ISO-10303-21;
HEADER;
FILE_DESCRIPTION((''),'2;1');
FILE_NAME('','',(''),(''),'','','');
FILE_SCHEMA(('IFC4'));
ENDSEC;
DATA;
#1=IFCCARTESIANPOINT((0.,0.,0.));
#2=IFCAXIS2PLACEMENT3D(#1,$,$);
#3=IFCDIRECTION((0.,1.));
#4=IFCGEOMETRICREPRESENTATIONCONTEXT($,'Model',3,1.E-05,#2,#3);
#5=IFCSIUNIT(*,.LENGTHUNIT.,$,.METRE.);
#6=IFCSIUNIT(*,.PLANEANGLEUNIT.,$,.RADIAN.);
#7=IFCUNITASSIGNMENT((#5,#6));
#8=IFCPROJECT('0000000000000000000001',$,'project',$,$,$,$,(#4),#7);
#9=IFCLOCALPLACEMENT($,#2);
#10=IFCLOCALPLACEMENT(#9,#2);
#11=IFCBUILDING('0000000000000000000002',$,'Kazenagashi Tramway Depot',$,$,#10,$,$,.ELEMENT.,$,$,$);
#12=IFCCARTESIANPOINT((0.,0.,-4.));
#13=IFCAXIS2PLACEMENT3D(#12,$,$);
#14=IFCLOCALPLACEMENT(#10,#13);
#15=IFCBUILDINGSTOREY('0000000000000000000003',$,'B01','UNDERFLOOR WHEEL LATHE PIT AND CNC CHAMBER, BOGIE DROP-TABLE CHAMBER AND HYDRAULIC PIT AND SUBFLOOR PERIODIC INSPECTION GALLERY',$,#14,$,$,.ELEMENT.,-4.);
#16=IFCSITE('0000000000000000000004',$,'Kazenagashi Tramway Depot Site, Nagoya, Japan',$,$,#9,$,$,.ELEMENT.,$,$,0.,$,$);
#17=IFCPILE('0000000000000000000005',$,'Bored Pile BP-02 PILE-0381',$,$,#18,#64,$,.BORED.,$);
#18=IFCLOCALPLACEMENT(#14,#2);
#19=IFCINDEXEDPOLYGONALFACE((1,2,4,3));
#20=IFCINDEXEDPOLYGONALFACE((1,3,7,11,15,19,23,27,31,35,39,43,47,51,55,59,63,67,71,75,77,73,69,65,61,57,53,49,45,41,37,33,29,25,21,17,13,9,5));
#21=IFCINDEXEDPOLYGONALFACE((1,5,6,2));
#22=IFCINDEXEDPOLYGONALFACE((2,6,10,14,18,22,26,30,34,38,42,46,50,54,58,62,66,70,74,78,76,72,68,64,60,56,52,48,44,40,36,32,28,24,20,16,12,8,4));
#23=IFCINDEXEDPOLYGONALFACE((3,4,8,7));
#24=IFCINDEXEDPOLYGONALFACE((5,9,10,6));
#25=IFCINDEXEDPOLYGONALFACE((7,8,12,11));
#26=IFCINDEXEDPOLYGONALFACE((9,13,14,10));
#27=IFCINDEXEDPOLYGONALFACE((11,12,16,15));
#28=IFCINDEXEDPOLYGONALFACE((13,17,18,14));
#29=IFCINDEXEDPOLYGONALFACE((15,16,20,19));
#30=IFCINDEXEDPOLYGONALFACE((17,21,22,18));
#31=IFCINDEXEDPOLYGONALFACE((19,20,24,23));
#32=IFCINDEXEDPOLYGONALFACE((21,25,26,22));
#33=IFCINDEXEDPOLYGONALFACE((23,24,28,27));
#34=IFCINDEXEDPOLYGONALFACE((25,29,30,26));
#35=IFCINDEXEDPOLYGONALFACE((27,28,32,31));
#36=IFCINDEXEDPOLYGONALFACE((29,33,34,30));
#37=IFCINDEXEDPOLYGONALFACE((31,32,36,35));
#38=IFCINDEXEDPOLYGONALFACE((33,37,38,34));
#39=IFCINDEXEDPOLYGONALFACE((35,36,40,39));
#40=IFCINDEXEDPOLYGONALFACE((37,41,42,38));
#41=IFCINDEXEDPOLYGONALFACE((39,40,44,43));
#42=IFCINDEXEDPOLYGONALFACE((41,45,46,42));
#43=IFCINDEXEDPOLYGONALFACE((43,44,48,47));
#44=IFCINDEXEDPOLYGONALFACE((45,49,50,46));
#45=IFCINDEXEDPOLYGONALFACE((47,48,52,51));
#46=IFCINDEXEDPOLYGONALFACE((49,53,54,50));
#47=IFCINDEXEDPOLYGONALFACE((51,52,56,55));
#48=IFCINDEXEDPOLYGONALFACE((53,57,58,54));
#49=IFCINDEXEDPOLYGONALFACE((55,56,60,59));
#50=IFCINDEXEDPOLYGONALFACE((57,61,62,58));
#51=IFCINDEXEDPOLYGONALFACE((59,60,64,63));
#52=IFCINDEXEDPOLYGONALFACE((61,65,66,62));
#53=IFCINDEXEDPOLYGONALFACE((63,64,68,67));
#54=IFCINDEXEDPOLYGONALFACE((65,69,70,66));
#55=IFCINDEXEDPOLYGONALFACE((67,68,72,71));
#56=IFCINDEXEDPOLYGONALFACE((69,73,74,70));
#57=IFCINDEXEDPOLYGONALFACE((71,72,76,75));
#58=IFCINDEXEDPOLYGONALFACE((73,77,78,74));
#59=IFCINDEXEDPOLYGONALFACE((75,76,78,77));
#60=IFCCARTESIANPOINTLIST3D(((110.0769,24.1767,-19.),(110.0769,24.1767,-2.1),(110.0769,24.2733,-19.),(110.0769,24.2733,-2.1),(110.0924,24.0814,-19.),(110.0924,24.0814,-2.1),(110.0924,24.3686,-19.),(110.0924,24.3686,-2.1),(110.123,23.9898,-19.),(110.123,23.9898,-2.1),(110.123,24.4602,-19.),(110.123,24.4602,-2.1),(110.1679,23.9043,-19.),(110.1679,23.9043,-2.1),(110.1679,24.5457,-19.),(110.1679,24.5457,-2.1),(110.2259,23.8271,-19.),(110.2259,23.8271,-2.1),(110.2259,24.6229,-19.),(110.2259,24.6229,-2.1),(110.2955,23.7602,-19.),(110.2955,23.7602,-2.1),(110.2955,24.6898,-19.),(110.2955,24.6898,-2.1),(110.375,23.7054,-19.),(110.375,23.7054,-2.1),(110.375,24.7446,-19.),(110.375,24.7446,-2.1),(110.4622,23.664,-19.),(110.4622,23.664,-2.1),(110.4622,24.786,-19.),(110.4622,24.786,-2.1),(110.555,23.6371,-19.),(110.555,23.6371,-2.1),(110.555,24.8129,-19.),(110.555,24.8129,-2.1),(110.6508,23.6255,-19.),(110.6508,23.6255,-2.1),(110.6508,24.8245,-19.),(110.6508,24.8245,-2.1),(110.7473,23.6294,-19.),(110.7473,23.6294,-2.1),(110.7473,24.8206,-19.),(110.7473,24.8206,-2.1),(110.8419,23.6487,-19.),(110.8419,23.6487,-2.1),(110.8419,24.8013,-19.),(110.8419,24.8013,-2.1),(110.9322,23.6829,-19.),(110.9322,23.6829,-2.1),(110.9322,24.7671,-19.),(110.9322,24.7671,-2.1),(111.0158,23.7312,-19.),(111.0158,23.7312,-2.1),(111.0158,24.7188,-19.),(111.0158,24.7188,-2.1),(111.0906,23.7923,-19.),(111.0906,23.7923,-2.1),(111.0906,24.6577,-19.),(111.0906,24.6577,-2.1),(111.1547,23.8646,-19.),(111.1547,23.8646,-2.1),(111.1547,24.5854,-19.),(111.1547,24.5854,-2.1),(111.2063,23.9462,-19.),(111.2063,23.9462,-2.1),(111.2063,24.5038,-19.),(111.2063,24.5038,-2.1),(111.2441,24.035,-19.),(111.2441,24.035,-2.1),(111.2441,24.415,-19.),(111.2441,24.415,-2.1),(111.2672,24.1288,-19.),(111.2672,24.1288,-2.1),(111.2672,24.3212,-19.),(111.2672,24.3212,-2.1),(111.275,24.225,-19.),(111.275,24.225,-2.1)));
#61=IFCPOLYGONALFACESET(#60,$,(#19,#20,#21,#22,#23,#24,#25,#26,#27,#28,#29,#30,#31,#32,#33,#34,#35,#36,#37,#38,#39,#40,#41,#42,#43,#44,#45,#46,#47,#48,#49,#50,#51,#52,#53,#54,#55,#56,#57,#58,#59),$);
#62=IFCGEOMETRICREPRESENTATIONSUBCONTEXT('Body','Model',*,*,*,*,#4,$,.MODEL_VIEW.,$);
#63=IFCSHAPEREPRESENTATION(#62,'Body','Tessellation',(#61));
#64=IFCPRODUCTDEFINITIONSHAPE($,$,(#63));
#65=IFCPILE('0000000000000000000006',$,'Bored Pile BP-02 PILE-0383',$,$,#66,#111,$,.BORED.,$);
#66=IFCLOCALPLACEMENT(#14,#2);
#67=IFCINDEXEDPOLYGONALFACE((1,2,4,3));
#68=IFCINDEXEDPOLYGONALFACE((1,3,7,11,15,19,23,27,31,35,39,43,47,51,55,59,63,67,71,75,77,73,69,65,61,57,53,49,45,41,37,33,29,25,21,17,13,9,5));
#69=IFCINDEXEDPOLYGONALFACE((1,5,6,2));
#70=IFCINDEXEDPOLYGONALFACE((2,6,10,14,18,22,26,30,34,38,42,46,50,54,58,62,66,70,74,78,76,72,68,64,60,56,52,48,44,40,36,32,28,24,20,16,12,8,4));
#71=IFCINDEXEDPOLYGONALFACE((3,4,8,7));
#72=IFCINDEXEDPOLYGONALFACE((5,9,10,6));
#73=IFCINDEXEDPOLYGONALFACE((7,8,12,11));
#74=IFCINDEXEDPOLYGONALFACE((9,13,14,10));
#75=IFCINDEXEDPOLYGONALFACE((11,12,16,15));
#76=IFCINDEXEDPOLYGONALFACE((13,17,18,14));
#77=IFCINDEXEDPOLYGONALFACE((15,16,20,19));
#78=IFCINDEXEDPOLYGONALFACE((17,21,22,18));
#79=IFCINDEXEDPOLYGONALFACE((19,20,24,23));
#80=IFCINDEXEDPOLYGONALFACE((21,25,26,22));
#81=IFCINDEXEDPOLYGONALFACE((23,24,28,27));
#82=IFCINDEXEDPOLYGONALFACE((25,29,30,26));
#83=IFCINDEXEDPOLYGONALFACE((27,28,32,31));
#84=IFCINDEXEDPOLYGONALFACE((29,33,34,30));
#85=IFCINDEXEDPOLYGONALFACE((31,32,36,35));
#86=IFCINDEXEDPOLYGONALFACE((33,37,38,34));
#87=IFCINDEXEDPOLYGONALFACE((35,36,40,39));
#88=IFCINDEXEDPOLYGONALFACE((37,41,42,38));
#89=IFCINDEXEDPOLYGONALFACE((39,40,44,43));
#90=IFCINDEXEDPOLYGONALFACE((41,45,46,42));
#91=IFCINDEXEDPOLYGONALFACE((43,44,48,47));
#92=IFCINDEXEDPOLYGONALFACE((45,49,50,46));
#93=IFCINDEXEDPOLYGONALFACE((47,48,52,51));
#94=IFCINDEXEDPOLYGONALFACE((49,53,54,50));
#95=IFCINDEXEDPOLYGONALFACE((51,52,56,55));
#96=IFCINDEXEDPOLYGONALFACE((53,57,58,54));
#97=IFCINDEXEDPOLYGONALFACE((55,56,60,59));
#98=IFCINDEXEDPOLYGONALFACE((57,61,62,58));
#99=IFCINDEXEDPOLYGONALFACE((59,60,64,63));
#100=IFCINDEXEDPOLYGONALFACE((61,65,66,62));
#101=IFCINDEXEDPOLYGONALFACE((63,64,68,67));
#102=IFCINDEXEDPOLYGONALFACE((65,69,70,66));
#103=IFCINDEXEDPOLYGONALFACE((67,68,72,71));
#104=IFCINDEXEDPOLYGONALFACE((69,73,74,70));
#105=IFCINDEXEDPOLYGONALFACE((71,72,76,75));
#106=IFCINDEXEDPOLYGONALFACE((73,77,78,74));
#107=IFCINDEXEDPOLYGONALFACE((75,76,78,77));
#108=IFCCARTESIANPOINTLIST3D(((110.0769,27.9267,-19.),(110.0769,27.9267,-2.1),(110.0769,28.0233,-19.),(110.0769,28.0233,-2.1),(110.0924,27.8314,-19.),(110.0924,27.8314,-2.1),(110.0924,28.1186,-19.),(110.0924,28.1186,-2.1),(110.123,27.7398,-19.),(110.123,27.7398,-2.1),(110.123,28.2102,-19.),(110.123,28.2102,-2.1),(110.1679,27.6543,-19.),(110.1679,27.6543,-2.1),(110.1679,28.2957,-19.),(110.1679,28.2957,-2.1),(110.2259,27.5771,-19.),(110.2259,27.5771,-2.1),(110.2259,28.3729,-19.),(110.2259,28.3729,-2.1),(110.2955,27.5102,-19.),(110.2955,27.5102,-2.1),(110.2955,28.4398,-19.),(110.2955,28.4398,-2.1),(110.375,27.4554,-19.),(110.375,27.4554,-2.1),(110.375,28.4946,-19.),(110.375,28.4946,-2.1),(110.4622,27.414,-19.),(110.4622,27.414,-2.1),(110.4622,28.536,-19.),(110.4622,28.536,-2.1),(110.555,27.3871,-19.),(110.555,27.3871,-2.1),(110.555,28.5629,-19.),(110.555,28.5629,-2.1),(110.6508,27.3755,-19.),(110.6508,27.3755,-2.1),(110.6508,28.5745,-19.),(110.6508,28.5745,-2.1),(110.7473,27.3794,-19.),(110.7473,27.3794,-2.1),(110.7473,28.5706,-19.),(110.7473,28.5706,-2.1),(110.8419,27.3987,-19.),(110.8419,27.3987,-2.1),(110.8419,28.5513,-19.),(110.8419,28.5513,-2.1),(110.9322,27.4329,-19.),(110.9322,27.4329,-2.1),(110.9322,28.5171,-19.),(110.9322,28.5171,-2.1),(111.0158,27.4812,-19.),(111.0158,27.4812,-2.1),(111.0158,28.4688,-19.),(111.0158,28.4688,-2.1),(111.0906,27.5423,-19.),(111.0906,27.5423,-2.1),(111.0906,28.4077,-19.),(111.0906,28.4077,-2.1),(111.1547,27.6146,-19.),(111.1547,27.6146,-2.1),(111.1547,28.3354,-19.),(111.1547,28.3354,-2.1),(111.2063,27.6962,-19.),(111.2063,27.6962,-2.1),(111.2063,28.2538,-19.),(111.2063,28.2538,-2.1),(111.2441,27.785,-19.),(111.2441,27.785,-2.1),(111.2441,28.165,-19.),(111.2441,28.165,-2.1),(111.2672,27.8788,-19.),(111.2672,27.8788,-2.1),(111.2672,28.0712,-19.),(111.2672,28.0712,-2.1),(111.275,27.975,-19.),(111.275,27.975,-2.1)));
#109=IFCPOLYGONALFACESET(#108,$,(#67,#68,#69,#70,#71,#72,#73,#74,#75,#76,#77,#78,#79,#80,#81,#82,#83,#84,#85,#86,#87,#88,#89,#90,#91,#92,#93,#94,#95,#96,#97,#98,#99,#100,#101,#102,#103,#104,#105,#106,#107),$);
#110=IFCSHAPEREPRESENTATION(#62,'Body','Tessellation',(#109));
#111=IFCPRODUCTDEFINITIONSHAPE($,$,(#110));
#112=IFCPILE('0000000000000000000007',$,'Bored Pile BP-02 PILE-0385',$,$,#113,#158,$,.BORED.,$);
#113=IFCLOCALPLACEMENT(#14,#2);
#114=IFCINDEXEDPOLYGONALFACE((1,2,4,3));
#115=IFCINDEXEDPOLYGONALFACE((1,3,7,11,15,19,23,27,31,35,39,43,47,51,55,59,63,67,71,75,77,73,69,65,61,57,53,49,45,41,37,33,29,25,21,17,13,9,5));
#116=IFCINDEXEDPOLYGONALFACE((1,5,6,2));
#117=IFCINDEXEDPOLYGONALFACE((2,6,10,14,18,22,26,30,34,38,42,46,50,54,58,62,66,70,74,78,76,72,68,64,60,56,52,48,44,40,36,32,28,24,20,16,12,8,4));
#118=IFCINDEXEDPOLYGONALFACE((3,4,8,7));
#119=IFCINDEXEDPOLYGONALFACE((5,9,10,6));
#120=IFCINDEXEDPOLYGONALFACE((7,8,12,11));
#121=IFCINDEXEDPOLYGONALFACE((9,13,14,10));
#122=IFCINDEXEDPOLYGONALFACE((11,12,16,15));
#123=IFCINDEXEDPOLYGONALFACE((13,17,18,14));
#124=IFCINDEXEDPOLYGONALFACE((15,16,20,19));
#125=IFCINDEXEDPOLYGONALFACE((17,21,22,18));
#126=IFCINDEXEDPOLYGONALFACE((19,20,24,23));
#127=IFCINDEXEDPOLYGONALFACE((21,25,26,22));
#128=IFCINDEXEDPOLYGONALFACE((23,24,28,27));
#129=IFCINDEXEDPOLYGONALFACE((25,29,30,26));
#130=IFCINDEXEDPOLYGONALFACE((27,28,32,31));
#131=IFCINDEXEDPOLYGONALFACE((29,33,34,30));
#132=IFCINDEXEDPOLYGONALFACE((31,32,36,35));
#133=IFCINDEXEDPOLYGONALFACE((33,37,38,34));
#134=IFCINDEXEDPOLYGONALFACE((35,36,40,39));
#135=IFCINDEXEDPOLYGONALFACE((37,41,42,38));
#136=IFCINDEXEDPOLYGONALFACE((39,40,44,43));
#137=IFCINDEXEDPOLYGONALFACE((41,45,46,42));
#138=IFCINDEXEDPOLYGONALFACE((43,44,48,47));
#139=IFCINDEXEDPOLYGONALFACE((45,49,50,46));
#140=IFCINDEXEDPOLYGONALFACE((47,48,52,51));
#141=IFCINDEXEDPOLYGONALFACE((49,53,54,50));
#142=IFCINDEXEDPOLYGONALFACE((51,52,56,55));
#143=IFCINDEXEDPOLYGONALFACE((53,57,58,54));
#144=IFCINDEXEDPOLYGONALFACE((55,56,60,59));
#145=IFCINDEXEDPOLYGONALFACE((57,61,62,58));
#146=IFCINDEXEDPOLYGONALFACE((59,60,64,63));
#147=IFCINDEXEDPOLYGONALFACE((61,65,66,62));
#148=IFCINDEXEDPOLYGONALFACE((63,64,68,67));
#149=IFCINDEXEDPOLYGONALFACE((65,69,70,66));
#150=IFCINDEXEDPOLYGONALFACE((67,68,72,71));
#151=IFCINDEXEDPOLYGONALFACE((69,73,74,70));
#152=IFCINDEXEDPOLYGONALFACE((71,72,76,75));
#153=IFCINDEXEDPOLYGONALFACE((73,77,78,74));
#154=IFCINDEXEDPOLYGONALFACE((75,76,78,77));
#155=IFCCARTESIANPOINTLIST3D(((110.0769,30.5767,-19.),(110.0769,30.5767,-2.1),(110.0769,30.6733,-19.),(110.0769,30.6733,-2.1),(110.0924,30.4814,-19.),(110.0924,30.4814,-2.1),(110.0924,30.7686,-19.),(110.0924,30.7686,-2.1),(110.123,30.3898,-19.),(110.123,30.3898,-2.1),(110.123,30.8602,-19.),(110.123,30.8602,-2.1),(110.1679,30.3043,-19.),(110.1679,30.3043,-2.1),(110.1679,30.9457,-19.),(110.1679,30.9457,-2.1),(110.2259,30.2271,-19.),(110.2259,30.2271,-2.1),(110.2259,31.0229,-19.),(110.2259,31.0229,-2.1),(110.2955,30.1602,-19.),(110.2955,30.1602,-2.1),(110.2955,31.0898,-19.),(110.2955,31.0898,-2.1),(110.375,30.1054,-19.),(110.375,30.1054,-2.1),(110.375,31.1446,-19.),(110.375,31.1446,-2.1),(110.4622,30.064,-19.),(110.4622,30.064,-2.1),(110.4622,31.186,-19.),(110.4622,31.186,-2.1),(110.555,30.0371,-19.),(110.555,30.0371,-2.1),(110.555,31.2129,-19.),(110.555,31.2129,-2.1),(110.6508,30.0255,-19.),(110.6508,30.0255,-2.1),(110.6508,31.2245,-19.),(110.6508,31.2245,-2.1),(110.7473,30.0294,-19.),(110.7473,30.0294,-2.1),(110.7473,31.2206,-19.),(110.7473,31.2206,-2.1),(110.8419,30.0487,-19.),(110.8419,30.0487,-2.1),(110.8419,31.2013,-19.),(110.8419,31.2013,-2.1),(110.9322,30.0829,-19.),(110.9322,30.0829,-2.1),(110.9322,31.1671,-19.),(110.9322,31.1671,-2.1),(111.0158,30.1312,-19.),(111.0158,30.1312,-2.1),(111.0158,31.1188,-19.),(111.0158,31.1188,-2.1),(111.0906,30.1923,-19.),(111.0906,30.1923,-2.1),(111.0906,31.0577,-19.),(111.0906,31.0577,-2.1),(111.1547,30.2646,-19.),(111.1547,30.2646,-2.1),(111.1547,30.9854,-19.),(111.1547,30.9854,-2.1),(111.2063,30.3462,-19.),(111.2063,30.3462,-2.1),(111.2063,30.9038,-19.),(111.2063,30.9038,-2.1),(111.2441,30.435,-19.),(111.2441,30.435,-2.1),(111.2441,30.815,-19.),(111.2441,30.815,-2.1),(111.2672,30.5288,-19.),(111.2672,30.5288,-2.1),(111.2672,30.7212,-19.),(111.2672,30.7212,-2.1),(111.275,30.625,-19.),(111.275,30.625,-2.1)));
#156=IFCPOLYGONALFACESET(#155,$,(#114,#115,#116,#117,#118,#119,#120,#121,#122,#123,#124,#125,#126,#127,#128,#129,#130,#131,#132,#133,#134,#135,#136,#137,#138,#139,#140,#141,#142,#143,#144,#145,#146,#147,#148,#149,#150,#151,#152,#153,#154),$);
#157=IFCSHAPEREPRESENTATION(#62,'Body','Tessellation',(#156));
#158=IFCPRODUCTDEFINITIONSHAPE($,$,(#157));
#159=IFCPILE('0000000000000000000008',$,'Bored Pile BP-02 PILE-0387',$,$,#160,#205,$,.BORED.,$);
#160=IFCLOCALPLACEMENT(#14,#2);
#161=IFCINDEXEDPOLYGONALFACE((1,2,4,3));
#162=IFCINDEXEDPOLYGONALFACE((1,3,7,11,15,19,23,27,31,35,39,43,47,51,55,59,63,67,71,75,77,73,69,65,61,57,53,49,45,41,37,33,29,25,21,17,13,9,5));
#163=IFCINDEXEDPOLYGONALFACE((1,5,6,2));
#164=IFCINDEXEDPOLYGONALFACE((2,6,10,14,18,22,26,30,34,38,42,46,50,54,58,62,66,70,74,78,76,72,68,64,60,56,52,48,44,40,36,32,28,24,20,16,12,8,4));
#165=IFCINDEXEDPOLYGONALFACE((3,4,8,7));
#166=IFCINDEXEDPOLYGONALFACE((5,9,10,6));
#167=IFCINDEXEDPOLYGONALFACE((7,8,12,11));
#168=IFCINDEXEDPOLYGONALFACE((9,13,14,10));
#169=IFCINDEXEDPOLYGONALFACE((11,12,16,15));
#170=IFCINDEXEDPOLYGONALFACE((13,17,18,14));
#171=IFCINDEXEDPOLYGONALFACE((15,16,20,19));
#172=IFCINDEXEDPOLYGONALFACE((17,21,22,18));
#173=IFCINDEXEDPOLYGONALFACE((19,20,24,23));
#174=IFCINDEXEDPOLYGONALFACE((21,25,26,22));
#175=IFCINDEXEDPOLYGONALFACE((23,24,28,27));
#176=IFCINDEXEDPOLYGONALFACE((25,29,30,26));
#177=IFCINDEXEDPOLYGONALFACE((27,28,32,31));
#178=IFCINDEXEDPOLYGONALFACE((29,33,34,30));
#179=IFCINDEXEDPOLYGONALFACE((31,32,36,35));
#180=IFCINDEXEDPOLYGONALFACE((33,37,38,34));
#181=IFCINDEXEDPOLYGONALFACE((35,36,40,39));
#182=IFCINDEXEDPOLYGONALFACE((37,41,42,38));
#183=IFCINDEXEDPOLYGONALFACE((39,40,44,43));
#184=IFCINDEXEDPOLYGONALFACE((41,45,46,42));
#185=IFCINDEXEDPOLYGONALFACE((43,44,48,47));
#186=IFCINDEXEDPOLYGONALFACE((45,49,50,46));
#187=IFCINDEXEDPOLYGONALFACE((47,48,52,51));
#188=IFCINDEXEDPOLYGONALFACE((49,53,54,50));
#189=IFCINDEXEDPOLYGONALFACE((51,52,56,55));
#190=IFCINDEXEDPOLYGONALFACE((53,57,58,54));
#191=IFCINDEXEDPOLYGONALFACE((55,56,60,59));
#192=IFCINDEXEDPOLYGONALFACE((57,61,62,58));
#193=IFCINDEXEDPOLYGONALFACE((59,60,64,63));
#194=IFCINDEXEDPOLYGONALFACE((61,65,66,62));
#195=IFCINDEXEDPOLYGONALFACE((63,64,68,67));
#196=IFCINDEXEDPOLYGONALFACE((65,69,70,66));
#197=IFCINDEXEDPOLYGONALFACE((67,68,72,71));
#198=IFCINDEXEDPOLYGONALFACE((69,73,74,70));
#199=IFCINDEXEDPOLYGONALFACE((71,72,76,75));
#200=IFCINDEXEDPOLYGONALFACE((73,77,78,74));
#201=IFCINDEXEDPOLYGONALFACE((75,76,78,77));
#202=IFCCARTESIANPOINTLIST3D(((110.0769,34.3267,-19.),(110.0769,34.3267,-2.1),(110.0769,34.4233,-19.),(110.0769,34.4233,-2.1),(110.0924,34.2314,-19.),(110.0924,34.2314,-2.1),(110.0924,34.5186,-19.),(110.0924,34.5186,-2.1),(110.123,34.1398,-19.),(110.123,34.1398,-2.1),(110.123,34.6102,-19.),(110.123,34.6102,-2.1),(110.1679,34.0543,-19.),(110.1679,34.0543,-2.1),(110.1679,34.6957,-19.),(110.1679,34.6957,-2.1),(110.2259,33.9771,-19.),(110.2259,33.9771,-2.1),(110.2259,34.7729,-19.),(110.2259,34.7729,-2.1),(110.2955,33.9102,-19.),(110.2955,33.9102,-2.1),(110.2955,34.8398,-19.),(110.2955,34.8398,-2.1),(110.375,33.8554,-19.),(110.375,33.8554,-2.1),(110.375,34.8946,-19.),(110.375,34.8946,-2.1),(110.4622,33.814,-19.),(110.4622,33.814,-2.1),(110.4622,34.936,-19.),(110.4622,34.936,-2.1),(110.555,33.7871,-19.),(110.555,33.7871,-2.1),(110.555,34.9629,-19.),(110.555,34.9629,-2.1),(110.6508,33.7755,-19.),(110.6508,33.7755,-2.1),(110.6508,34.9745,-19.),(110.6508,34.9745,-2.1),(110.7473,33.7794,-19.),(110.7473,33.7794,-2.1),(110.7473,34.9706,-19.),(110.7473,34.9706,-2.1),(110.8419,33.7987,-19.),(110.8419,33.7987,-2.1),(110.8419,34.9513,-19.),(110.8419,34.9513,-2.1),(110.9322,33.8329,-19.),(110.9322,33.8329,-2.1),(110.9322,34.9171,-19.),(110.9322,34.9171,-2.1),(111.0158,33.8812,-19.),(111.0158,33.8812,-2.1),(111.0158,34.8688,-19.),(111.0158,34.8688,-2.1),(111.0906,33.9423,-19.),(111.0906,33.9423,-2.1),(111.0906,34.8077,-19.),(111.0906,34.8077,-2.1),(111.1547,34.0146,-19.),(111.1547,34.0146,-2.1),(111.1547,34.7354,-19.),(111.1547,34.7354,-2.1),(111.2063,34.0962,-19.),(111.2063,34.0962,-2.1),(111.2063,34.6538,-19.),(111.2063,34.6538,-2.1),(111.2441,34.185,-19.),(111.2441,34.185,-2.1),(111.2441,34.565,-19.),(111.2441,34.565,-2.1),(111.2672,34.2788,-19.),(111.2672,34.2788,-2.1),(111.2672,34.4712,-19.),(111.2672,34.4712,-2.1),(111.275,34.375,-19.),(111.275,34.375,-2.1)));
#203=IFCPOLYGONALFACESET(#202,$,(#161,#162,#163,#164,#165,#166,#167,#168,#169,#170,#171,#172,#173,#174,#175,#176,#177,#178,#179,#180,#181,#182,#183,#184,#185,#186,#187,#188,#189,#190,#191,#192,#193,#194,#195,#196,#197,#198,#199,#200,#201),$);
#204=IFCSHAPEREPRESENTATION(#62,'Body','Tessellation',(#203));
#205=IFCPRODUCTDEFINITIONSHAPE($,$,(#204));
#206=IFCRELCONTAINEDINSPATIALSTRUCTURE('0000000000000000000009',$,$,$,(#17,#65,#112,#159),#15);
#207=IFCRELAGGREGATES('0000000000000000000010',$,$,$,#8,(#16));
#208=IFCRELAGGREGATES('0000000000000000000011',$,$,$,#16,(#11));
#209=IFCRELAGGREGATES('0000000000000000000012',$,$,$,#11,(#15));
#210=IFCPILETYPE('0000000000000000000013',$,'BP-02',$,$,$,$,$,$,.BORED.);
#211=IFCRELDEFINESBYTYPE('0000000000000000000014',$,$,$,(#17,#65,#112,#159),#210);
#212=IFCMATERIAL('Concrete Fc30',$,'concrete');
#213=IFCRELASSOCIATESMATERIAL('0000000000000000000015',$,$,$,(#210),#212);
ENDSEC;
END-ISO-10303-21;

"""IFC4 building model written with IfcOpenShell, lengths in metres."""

from ifc_helpers import new_model, si_unit, direction, frame, origin, origin_2d, place, context, subcontext, project, spatial, circle, extrude, material, material_profile, profile_set, type_object, element, save


model = new_model("IFC4")

# Units and contexts
model_context = context("Model", 3, precision=1e-05, world=origin(), true_north=direction((0.0, 1.0)))
body_context = subcontext(model_context, "Body", "Model", "MODEL_VIEW")
ifc_project = project(units=[si_unit("LENGTHUNIT", "METRE"), si_unit("PLANEANGLEUNIT", "RADIAN")], contexts=[model_context])

# Site, building, storey
site_placement = place(None, origin())
site = spatial("IfcSite", under=ifc_project, at=site_placement, Name="Kazenagashi Tramway Depot Site, Nagoya, Japan", CompositionType="ELEMENT", RefElevation=0.0)
building_placement = place(site_placement, origin())
building = spatial("IfcBuilding", under=site, at=building_placement, Name="Kazenagashi Tramway Depot", CompositionType="ELEMENT")
storey_placement = place(building_placement, frame((0.0, 0.0, -4.0)))
storey = spatial("IfcBuildingStorey", under=building, at=storey_placement, Name="B01", Description="UNDERFLOOR WHEEL LATHE PIT AND CNC CHAMBER, BOGIE DROP-TABLE CHAMBER AND HYDRAULIC PIT AND SUBFLOOR PERIODIC INSPECTION GALLERY", CompositionType="ELEMENT", Elevation=-4.0)

# Piles
ifc_material_1 = material(Name="Concrete Fc30", Category="concrete")
ifc_material_profile_1 = material_profile(ifc_material_1, circle(Radius=0.6, at=origin_2d()), Name="PILE-1200")
ifc_profile_set_1 = profile_set([ifc_material_profile_1], Name="Concrete Fc30")
pile_type_1 = type_object("IfcPileType", Name="BP-02", PredefinedType="BORED", material=ifc_profile_set_1)
for number, where, z_axis, x_axis, name in (
    (1, (110.675, 24.225, -2.1), (0.0, 0.0, -1.0), (1.0, 0.0, 0.0), "Bored Pile BP-02 PILE-0381"),
    (2, (110.675, 27.975, -2.1), (0.0, 0.0, -1.0), (1.0, 0.0, 0.0), "Bored Pile BP-02 PILE-0383"),
    (3, (110.675, 30.625, -2.1), (0.0, 0.0, -1.0), (1.0, 0.0, 0.0), "Bored Pile BP-02 PILE-0385"),
    (4, (110.675, 34.375, -2.1), (0.0, 0.0, -1.0), (1.0, 0.0, 0.0), "Bored Pile BP-02 PILE-0387"),
):
    element("IfcPile", number, at=place(storey_placement, frame(where, z_axis=z_axis, x_axis=x_axis)), inside=storey, type_object=pile_type_1, Name=name, PredefinedType="BORED", context=body_context, shape_type="SweptSolid", body=[
        extrude(circle(Radius=0.6, at=origin_2d()), origin(), (0.0, 0.0, 1.0), 16.9),
    ])

save(model, "model.ifc")
